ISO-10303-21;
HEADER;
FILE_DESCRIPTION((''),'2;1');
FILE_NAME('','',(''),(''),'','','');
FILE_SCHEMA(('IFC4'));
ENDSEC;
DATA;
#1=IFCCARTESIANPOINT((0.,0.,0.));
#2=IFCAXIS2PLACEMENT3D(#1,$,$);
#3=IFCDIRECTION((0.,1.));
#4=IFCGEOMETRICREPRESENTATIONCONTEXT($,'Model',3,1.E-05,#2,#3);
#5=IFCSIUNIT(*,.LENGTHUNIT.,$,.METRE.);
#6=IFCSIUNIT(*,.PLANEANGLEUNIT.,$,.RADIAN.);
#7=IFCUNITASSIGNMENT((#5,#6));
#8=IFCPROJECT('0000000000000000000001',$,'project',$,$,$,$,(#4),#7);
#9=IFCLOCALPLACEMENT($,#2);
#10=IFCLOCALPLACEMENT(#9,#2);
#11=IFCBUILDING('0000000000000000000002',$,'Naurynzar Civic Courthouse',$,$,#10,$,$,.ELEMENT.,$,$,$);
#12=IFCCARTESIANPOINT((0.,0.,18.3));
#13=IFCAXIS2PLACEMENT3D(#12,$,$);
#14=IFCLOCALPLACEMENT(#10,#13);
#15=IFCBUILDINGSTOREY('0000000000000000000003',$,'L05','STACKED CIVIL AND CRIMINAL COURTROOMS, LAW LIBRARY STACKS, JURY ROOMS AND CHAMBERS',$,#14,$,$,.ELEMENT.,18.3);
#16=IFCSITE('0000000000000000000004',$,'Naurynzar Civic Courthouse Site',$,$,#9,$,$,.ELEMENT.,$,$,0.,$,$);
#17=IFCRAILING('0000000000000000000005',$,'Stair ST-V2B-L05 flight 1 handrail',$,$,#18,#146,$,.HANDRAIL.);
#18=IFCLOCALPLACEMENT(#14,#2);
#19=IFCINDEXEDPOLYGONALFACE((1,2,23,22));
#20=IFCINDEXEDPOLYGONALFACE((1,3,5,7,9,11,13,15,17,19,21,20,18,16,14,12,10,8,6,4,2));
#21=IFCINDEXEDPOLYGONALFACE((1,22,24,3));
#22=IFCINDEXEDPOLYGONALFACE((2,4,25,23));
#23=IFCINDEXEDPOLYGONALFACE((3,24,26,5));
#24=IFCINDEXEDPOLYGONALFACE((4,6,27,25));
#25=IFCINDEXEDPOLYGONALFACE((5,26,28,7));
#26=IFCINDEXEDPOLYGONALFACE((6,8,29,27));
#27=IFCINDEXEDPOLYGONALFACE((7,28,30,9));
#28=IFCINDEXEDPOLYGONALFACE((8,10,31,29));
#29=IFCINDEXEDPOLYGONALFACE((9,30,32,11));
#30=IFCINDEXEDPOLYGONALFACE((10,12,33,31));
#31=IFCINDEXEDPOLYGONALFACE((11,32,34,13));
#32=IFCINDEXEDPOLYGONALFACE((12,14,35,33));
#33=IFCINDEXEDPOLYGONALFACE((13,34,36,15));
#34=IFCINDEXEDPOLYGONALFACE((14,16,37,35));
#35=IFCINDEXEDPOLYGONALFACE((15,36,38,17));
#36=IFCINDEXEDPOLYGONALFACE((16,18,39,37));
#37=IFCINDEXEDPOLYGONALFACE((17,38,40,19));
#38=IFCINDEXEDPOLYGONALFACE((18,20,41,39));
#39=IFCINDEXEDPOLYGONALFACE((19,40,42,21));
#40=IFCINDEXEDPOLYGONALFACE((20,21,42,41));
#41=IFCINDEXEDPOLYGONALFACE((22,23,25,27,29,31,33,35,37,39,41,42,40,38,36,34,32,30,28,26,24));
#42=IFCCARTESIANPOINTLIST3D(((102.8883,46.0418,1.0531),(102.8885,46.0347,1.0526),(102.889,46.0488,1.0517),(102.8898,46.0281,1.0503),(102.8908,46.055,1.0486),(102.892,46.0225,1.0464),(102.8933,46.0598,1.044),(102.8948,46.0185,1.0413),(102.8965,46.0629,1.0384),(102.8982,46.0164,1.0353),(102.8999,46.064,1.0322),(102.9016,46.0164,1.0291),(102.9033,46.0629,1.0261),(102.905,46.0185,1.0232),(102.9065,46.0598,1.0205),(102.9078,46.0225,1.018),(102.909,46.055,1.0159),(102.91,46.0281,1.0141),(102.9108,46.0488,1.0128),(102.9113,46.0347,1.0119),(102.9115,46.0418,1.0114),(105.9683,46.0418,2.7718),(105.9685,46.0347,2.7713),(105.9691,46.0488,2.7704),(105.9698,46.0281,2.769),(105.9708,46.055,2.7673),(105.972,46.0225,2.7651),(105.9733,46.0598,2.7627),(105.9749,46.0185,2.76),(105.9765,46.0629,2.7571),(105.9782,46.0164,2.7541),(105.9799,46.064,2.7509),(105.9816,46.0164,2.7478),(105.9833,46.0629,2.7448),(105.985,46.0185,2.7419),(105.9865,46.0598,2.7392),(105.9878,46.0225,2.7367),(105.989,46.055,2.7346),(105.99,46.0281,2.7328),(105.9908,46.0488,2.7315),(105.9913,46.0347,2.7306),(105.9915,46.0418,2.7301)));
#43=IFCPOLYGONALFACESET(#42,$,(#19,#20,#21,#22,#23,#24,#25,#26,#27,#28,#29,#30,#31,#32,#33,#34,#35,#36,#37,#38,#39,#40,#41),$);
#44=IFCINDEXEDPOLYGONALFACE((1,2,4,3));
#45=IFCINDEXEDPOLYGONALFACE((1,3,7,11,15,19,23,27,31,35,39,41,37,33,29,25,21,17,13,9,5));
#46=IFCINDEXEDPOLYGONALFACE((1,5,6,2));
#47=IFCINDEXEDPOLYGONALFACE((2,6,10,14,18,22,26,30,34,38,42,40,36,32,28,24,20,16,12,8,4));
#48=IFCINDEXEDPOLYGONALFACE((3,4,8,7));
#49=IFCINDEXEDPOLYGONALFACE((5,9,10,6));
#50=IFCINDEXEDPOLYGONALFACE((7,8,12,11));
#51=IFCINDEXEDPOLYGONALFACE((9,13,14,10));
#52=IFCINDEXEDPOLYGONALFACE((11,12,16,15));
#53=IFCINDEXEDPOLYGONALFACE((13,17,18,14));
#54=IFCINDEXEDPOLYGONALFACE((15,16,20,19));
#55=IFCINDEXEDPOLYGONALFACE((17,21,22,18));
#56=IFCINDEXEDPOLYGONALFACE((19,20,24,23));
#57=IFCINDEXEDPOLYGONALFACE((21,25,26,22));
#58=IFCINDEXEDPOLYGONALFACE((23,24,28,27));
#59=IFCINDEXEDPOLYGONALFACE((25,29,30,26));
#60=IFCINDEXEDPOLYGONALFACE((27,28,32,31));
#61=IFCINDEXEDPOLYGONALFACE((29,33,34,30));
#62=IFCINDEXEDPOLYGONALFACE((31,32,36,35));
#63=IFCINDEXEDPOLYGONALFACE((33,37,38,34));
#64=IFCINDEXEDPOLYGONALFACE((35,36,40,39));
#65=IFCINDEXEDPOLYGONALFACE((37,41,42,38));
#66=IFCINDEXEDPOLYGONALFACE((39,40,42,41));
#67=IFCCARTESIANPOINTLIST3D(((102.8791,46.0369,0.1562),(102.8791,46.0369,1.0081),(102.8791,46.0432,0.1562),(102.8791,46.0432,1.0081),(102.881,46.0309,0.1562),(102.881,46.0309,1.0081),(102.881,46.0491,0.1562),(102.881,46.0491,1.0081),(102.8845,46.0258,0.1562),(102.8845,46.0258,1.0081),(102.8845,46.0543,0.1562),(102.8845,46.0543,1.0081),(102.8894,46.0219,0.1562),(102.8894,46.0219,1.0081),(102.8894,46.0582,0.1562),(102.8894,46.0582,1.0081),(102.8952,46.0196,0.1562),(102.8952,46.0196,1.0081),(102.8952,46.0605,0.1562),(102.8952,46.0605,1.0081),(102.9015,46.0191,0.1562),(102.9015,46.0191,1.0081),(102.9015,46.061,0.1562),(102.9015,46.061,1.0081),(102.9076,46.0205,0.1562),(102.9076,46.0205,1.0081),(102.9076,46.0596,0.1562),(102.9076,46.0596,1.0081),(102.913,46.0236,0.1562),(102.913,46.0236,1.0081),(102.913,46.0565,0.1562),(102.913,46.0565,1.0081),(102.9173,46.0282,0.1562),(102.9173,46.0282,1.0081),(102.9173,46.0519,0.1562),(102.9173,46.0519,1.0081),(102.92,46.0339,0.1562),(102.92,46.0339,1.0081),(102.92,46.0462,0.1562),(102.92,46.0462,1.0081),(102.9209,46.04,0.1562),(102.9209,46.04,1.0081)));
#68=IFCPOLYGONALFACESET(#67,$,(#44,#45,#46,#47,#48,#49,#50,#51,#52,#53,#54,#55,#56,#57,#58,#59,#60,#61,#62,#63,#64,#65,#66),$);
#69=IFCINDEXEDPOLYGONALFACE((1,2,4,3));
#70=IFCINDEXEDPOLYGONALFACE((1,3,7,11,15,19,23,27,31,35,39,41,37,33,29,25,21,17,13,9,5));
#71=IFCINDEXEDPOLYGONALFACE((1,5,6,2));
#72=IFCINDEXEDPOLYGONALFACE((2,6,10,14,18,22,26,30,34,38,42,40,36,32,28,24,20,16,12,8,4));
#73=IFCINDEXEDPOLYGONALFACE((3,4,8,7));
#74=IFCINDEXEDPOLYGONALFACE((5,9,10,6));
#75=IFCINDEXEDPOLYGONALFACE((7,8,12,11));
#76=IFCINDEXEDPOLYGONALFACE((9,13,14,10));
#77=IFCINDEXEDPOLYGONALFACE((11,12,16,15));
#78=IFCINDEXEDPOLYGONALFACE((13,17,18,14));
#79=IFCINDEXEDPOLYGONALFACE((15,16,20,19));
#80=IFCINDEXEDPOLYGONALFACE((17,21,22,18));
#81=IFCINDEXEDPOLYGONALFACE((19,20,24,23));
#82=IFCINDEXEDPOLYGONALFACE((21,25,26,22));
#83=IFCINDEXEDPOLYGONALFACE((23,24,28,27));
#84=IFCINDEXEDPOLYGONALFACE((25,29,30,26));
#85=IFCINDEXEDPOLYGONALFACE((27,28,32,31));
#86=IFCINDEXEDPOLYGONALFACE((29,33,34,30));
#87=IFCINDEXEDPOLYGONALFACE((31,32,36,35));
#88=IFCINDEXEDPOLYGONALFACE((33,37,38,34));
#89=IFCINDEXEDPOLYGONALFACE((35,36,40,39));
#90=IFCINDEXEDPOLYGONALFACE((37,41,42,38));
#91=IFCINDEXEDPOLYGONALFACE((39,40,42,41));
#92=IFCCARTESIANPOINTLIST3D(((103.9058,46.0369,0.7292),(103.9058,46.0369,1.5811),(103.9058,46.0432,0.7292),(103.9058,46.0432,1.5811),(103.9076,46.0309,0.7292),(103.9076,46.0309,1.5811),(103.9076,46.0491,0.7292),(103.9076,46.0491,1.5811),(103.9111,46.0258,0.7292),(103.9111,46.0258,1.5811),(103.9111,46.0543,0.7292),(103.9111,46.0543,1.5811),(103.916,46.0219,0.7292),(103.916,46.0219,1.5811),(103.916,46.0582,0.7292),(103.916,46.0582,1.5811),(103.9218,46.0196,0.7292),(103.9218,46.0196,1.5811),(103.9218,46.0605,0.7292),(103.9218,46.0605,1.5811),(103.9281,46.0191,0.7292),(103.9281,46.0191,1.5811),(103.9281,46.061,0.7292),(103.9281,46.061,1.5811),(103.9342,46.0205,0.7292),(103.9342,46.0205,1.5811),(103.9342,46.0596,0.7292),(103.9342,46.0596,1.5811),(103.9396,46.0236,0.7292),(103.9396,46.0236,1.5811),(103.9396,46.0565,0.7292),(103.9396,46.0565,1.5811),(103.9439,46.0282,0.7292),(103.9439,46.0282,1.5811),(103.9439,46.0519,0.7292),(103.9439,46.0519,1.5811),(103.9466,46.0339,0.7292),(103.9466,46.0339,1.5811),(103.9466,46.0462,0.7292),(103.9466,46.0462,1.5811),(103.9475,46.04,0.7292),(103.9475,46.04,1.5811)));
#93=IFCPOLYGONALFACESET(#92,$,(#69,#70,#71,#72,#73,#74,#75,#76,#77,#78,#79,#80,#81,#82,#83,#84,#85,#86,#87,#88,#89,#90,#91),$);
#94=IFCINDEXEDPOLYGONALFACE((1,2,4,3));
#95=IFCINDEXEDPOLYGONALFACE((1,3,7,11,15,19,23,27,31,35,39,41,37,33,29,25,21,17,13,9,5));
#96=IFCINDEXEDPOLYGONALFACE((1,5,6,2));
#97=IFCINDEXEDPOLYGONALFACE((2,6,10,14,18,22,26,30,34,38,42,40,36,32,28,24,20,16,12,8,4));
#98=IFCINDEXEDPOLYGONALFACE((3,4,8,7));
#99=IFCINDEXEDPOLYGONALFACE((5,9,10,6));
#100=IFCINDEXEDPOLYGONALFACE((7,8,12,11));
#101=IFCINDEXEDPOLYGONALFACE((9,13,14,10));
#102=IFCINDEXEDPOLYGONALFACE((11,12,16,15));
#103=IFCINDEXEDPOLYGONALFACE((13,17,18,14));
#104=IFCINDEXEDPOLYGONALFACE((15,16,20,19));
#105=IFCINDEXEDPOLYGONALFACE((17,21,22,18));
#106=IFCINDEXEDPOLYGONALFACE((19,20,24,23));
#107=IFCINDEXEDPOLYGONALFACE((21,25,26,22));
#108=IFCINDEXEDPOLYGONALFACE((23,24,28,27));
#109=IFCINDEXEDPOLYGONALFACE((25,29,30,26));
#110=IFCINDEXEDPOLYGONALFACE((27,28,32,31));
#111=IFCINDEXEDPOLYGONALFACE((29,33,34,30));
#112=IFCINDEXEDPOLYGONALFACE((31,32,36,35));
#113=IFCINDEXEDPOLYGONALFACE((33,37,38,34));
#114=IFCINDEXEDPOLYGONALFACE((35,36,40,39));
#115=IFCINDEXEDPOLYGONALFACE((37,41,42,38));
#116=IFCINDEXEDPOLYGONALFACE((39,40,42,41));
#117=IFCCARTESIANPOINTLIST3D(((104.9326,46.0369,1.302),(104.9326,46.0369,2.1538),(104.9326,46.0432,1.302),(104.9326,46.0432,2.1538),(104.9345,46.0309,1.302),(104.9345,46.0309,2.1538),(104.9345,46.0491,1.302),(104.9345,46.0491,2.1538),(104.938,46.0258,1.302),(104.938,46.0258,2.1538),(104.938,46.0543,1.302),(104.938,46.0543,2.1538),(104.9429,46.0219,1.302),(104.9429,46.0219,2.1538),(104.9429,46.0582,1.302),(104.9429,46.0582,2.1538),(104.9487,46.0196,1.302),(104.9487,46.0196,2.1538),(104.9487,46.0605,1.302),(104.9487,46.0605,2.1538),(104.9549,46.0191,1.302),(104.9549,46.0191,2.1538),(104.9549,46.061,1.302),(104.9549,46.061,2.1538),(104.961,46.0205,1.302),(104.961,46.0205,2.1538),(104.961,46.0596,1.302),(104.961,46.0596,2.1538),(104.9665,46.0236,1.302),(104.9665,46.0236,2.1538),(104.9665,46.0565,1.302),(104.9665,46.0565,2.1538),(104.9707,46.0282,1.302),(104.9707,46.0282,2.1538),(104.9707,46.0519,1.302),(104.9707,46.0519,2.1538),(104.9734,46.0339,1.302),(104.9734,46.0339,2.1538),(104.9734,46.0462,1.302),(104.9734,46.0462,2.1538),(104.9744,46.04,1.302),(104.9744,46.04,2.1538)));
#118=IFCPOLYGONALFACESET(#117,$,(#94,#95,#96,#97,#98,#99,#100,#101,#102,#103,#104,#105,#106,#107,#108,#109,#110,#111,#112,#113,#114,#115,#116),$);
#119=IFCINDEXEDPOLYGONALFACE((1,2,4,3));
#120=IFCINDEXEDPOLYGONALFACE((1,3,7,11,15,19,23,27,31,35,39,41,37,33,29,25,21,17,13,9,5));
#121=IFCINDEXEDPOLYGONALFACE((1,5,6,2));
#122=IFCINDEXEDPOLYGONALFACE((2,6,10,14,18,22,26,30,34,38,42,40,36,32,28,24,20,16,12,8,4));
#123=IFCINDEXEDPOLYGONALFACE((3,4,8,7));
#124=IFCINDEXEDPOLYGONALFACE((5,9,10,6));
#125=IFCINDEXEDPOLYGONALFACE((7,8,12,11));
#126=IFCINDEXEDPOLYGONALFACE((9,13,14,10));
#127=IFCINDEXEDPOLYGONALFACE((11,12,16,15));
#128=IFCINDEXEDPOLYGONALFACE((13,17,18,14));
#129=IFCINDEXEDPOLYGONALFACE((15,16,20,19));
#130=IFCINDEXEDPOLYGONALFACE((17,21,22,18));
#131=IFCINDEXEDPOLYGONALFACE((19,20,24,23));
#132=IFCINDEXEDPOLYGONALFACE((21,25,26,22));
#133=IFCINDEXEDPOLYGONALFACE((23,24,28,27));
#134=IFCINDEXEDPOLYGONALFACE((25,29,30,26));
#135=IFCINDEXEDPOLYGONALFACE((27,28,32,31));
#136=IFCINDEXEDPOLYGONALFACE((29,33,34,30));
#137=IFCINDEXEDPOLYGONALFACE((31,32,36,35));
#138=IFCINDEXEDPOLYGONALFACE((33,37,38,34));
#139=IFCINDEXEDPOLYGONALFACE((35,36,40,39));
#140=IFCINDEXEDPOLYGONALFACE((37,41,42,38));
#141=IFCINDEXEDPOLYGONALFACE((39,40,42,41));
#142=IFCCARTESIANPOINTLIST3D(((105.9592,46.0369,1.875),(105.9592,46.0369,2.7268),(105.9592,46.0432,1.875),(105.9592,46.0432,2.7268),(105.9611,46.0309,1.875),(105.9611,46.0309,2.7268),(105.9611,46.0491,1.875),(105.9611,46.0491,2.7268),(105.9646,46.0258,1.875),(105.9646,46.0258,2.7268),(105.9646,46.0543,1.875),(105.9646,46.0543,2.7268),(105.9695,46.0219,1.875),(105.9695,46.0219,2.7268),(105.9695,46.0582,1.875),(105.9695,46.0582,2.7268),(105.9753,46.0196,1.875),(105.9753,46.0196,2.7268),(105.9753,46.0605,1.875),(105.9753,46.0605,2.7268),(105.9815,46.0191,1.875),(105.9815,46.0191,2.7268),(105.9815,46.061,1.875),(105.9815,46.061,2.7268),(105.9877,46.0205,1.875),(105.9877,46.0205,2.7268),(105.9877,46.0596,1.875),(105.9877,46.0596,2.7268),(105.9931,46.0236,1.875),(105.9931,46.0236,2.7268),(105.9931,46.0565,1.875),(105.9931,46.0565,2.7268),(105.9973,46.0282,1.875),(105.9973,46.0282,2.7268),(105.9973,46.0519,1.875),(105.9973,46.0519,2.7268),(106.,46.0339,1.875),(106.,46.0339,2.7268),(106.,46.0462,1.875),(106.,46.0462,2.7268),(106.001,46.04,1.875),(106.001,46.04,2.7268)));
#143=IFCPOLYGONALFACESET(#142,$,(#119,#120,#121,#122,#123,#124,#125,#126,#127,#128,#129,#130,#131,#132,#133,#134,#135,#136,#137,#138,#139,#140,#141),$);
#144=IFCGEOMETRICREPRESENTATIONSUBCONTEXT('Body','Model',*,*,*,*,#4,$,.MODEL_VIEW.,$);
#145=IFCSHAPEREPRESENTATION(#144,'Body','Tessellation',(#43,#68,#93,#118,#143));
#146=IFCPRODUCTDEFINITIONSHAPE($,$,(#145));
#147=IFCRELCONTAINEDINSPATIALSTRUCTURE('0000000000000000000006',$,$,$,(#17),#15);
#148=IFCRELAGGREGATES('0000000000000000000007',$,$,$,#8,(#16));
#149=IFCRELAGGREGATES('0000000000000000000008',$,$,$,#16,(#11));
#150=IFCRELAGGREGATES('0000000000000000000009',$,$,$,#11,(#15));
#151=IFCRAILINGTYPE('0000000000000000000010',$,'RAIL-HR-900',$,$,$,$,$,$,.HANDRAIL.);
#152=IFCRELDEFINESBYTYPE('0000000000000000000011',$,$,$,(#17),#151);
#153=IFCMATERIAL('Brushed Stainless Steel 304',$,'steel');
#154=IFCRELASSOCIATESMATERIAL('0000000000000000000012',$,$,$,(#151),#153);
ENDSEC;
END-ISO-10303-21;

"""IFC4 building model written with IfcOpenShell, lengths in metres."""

from ifc_helpers import new_model, si_unit, direction, frame, origin, origin_2d, place, context, subcontext, project, spatial, circle, extrude, material, type_object, element, save


model = new_model("IFC4")

# Units and contexts
model_context = context("Model", 3, precision=1e-05, world=origin(), true_north=direction((0.0, 1.0)))
body_context = subcontext(model_context, "Body", "Model", "MODEL_VIEW")
ifc_project = project(units=[si_unit("LENGTHUNIT", "METRE"), si_unit("PLANEANGLEUNIT", "RADIAN")], contexts=[model_context])

# Site, building, storey
site_placement = place(None, origin())
site = spatial("IfcSite", under=ifc_project, at=site_placement, Name="Naurynzar Civic Courthouse Site", CompositionType="ELEMENT", RefElevation=0.0)
building_placement = place(site_placement, origin())
building = spatial("IfcBuilding", under=site, at=building_placement, Name="Naurynzar Civic Courthouse", CompositionType="ELEMENT")
storey_placement = place(building_placement, frame((0.0, 0.0, 18.3)))
storey = spatial("IfcBuildingStorey", under=building, at=storey_placement, Name="L05", Description="STACKED CIVIL AND CRIMINAL COURTROOMS, LAW LIBRARY STACKS, JURY ROOMS AND CHAMBERS", CompositionType="ELEMENT", Elevation=18.3)

# Railing
ifc_material_1 = material(Name="Brushed Stainless Steel 304", Category="steel")
railing_type_1 = type_object("IfcRailingType", Name="RAIL-HR-900", PredefinedType="HANDRAIL", material=ifc_material_1)
railing_1_placement = place(storey_placement, frame((102.8999, 46.04, 0.1562)))
element("IfcRailing", 1, at=railing_1_placement, inside=storey, type_object=railing_type_1, Name="Stair ST-V2B-L05 flight 1 handrail", PredefinedType="HANDRAIL", context=body_context, shape_type="SweptSolid", body=[
    extrude(circle(Radius=0.0239, at=origin_2d()), frame((0.0, 0.0, 0.876), z_axis=(0.873242, 0.0, 0.487288), x_axis=(0.0, 1.0, 0.0)), (0.0, 0.0, 1.0), 3.5271),
    extrude(circle(Radius=0.021, at=origin_2d()), origin(), (0.0, 0.0, 1.0), 0.8518),
    extrude(circle(Radius=0.021, at=origin_2d()), frame((1.0266, 0.0, 0.573)), (0.0, 0.0, 1.0), 0.8518),
    extrude(circle(Radius=0.021, at=origin_2d()), frame((2.0535, 0.0, 1.1458)), (0.0, 0.0, 1.0), 0.8518),
    extrude(circle(Radius=0.021, at=origin_2d()), frame((3.0801, 0.0, 1.7188)), (0.0, 0.0, 1.0), 0.8518),
])

save(model, "model.ifc")
